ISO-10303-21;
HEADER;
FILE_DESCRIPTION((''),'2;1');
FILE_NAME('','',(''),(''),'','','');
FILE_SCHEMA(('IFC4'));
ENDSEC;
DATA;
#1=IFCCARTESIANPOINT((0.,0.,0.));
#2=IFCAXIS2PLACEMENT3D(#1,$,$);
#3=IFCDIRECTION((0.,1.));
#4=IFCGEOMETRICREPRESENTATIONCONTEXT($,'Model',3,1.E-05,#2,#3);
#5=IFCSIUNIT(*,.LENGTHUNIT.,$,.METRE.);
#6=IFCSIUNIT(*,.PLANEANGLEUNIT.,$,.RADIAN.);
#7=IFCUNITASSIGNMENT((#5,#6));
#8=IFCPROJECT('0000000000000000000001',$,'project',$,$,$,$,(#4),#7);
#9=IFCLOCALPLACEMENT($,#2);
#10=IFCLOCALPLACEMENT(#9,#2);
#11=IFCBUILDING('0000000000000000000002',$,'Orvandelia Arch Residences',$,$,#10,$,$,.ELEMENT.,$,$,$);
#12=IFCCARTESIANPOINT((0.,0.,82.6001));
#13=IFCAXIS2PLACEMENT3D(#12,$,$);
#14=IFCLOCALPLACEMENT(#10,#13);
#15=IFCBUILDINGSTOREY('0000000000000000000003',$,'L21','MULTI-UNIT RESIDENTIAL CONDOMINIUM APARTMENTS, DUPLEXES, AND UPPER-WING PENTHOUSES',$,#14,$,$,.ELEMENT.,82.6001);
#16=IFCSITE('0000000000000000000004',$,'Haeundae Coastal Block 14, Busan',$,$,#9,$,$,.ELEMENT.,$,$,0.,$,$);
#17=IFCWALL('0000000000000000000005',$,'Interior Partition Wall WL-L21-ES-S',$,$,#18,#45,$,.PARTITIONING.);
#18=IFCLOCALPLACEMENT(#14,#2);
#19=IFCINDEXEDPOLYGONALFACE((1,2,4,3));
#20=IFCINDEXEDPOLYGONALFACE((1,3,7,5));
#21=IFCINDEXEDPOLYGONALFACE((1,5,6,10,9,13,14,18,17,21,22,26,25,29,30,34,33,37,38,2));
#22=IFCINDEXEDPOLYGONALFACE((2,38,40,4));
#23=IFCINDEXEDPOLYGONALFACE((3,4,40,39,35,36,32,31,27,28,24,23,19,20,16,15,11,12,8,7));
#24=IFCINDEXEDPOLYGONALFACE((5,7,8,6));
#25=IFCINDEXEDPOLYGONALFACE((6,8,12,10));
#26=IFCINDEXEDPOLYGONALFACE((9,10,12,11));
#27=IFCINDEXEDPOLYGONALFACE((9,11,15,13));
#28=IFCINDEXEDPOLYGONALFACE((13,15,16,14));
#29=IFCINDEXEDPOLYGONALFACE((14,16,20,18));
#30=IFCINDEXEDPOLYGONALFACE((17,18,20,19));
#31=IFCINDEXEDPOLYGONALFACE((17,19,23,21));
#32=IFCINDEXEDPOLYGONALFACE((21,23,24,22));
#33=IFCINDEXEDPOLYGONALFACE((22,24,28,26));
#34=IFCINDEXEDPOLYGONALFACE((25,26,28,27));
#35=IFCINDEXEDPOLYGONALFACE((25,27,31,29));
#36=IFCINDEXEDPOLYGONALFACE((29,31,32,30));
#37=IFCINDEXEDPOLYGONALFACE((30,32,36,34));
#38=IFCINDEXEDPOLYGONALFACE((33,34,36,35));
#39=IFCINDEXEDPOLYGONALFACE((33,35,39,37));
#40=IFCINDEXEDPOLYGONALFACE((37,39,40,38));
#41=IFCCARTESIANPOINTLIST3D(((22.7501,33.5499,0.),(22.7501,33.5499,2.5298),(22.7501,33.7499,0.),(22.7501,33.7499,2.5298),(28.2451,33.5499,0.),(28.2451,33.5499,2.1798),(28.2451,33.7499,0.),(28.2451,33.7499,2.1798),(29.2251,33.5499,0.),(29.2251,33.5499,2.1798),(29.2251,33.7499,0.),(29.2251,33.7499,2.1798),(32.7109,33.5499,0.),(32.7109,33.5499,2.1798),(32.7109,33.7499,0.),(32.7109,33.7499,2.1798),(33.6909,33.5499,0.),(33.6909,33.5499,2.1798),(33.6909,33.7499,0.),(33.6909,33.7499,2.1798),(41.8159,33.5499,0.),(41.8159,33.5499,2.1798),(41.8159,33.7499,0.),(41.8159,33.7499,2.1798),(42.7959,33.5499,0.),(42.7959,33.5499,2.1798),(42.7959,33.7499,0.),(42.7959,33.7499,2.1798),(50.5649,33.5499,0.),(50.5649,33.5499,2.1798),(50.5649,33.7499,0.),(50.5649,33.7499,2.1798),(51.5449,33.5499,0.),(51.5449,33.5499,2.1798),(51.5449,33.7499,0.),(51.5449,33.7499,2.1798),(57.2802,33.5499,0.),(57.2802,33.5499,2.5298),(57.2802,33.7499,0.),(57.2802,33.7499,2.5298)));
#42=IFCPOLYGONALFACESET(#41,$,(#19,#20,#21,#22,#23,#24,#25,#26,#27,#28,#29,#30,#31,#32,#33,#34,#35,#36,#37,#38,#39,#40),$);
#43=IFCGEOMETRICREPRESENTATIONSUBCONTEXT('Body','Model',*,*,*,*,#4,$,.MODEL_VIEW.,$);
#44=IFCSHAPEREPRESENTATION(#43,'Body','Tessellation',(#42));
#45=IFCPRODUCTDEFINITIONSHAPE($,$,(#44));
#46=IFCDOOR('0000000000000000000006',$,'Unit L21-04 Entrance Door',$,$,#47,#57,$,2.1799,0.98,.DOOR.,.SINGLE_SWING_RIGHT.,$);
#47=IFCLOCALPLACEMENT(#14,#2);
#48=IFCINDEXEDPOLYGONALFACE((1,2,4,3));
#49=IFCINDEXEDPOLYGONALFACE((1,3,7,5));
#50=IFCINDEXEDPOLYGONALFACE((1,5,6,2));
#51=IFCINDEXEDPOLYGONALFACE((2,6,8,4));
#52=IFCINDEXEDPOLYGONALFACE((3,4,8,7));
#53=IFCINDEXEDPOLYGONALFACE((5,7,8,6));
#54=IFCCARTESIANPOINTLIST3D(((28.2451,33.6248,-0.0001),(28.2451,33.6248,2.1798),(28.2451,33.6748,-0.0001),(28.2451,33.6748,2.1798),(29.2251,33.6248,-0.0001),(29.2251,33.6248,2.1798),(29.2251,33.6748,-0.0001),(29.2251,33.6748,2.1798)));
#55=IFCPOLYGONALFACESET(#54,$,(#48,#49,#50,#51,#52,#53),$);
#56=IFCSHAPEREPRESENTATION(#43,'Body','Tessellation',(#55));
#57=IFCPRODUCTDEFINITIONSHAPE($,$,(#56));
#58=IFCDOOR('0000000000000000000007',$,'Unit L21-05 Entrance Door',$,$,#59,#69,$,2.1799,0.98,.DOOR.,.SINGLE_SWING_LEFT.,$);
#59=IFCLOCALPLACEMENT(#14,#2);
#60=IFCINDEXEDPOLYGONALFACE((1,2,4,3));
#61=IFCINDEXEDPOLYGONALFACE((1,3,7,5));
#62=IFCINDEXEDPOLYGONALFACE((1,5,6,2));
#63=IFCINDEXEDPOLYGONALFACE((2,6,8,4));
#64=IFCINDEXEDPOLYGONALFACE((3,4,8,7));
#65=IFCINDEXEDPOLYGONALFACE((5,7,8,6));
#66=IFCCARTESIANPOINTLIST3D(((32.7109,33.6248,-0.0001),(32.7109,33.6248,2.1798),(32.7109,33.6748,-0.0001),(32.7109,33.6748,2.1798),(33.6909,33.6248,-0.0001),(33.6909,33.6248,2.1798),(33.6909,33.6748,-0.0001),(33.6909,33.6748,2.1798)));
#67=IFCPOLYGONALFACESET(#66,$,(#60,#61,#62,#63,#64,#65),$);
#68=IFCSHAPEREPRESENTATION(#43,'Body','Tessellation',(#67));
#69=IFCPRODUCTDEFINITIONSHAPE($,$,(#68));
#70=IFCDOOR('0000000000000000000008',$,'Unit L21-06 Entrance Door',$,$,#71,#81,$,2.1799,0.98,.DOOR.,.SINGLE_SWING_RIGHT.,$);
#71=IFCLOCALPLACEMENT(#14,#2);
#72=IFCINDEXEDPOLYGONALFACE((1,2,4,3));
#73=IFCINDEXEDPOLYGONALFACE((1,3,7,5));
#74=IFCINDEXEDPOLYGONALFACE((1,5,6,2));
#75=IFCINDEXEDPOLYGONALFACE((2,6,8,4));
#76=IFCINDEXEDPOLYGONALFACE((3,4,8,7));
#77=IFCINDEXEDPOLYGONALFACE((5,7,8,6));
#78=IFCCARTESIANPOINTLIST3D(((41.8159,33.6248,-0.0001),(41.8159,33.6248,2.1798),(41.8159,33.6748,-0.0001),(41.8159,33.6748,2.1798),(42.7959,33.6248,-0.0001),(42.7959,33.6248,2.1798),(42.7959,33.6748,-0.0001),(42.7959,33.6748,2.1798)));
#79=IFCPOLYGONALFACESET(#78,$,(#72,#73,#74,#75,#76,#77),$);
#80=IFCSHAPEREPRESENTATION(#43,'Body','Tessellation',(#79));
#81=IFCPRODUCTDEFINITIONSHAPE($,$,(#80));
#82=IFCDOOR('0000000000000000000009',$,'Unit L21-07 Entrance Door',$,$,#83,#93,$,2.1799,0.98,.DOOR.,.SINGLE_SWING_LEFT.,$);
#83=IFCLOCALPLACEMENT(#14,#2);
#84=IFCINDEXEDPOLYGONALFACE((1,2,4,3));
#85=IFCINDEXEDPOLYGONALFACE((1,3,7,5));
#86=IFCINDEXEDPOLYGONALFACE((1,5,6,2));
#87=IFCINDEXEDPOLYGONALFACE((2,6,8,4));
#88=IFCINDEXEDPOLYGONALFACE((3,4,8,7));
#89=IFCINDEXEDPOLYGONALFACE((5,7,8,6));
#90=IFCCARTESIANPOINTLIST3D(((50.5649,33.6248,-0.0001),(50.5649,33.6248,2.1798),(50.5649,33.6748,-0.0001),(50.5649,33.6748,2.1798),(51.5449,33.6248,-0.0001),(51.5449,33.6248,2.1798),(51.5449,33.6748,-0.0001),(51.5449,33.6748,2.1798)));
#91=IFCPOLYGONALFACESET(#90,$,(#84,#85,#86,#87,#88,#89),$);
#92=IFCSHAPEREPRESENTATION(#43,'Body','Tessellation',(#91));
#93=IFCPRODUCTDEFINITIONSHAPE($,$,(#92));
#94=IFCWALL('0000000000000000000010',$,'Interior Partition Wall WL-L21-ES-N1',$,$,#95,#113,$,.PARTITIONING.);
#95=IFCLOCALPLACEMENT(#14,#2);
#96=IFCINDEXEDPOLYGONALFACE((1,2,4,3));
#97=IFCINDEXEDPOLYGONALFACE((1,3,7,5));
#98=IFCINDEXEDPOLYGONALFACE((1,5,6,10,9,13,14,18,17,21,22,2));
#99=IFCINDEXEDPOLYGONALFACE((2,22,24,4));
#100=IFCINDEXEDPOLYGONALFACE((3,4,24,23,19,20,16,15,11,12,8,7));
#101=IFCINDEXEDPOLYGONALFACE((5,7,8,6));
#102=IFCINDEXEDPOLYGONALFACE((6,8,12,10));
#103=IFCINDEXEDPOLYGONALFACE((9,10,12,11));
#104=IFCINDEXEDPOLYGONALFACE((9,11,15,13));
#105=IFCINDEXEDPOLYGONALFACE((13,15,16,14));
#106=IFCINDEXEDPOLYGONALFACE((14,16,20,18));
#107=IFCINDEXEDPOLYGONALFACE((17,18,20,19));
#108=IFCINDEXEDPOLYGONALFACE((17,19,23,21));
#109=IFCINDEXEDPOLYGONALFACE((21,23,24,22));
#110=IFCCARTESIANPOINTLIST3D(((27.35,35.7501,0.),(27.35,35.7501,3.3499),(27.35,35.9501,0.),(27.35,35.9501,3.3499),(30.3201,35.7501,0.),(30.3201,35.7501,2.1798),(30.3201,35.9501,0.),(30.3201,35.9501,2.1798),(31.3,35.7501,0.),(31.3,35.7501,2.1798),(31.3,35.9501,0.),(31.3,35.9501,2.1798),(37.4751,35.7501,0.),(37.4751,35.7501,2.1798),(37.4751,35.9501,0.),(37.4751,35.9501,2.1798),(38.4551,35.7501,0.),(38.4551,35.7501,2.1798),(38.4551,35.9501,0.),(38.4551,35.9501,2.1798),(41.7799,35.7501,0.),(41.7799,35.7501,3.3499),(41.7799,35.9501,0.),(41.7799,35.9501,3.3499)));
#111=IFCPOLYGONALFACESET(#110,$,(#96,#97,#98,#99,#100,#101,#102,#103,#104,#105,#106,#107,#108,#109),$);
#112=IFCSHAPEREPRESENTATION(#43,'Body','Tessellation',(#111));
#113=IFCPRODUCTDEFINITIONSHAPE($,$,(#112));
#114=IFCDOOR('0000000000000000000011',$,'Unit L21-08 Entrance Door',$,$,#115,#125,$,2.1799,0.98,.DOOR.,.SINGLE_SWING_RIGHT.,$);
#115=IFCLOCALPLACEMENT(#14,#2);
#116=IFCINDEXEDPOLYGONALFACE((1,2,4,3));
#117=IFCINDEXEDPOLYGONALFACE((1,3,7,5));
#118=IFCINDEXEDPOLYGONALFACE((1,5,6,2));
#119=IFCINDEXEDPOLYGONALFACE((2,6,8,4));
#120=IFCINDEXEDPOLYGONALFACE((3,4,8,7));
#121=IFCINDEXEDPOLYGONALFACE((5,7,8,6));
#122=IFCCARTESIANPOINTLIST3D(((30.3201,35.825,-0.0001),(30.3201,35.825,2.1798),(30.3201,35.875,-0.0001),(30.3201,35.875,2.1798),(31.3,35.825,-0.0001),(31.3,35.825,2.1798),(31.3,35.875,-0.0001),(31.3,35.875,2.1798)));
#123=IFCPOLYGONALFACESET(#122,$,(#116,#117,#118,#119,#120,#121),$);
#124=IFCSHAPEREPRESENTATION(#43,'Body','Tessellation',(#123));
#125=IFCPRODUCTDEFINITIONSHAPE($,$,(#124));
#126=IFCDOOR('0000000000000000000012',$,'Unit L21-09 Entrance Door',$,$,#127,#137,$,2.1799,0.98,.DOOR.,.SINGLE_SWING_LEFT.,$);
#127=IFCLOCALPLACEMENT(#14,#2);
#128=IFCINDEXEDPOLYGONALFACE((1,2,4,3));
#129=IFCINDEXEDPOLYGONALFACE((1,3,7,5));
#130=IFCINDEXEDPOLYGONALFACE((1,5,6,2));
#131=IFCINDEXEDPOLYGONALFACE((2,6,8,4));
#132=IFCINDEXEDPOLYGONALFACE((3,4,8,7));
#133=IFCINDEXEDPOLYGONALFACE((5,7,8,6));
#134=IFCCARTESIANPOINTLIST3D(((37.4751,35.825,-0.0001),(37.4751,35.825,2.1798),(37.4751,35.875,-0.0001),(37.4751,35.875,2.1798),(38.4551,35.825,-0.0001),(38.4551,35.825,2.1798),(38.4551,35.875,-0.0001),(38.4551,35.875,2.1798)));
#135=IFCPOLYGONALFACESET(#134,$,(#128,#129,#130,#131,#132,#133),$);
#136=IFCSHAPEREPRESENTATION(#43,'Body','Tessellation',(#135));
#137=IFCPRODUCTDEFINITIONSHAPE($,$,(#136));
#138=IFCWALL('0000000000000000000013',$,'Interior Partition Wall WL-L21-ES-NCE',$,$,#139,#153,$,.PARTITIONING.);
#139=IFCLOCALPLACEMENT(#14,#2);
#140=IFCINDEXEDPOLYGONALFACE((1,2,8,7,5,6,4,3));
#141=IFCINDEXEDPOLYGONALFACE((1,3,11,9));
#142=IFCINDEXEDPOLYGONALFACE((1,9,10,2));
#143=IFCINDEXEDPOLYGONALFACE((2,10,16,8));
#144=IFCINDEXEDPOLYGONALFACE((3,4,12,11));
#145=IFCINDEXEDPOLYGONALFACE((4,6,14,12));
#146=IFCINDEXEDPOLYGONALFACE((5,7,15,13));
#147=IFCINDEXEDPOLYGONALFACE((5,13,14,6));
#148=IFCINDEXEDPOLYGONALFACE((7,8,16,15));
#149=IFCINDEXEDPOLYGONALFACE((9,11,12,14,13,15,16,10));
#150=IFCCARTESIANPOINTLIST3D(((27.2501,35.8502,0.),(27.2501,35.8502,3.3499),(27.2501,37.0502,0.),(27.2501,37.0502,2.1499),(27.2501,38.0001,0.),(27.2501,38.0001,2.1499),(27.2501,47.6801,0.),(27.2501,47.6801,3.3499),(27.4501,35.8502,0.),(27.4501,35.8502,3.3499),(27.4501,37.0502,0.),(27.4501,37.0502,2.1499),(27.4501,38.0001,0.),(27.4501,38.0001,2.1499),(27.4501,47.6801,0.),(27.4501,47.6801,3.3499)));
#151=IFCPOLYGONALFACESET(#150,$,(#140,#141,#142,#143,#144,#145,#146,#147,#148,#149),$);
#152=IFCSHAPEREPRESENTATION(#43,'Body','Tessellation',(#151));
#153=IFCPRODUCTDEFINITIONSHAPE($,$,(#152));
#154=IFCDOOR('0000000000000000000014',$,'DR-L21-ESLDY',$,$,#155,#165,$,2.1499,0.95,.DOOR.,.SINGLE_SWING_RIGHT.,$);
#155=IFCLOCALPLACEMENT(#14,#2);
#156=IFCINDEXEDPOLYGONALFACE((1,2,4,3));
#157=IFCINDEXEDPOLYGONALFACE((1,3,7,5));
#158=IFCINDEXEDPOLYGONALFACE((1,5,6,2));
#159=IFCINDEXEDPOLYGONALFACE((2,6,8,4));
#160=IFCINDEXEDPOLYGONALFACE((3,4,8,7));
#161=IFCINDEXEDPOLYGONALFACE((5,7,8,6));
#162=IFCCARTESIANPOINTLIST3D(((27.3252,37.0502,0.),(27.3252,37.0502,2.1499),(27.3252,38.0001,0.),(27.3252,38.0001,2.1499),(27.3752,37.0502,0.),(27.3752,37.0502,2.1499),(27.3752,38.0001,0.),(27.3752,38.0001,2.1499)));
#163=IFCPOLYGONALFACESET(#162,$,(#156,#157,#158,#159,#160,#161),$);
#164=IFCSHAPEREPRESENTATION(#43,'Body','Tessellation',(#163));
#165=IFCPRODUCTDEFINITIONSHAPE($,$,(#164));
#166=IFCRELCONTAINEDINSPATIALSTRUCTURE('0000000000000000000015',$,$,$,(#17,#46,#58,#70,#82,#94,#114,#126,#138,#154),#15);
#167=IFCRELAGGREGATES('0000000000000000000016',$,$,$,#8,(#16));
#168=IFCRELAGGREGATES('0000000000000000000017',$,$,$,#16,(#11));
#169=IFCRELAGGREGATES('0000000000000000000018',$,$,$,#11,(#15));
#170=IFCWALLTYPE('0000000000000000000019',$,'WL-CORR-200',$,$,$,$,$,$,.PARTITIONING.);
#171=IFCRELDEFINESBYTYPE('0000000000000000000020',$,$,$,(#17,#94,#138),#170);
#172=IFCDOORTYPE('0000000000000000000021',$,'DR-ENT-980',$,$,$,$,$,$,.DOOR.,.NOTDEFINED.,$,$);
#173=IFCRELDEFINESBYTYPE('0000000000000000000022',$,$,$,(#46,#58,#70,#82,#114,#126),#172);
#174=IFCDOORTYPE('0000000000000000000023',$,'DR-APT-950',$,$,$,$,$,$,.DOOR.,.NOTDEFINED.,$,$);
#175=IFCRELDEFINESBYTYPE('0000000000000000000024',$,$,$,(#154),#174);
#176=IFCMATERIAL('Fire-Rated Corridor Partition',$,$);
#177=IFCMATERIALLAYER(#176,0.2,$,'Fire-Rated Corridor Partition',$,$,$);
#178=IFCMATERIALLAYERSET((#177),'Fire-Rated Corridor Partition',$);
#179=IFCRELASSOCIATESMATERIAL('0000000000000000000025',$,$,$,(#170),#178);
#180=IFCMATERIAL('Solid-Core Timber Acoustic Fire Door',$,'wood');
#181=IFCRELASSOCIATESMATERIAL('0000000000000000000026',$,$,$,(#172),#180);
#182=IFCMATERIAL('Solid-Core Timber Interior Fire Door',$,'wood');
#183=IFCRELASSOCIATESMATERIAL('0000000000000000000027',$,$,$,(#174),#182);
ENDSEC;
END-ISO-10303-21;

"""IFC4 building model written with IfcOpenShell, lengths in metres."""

from ifc_helpers import new_model, si_unit, direction, frame, frame_2d, origin, place, context, subcontext, project, spatial, rectangle, extrude, material, layer, layer_set, type_object, element, fill, save


model = new_model("IFC4")

# Units and contexts
model_context = context("Model", 3, precision=1e-05, world=origin(), true_north=direction((0.0, 1.0)))
body_context = subcontext(model_context, "Body", "Model", "MODEL_VIEW")
ifc_project = project(units=[si_unit("LENGTHUNIT", "METRE"), si_unit("PLANEANGLEUNIT", "RADIAN")], contexts=[model_context])

# Site, building, storey
site_placement = place(None, origin())
site = spatial("IfcSite", under=ifc_project, at=site_placement, Name="Haeundae Coastal Block 14, Busan", CompositionType="ELEMENT", RefElevation=0.0)
building_placement = place(site_placement, origin())
building = spatial("IfcBuilding", under=site, at=building_placement, Name="Orvandelia Arch Residences", CompositionType="ELEMENT")
storey_placement = place(building_placement, frame((0.0, 0.0, 82.6001)))
storey = spatial("IfcBuildingStorey", under=building, at=storey_placement, Name="L21", Description="MULTI-UNIT RESIDENTIAL CONDOMINIUM APARTMENTS, DUPLEXES, AND UPPER-WING PENTHOUSES", CompositionType="ELEMENT", Elevation=82.6001)

# Walls, openings, doors
ifc_material_1 = material(Name="Fire-Rated Corridor Partition")
ifc_layer_1 = layer(ifc_material_1, 0.2, Name="Fire-Rated Corridor Partition")
ifc_layer_set_1 = layer_set([ifc_layer_1], Name="Fire-Rated Corridor Partition")
wall_type_1 = type_object("IfcWallType", Name="WL-CORR-200", PredefinedType="PARTITIONING", material=ifc_layer_set_1)
wall_1_placement = place(storey_placement, frame((22.75, 33.6499, 0.0), z_axis=(0.0, 0.0, 1.0), x_axis=(1.0, 0.0, 0.0)))
wall_1 = element("IfcWall", 1, at=wall_1_placement, inside=storey, type_object=wall_type_1, Name="Interior Partition Wall WL-L21-ES-S", PredefinedType="PARTITIONING", context=body_context, shape_type="SweptSolid", body=[
    extrude(rectangle(XDim=34.53, YDim=0.2, at=frame_2d((17.2651, 0.0))), origin(), (0.0, 0.0, 1.0), 2.5298),
])
opening_1_placement = place(wall_1_placement, frame((5.4951, 0.0, 0.0)))
opening_1 = element("IfcOpeningElement", 2, at=opening_1_placement, cuts=wall_1, PredefinedType="OPENING", context=body_context, shape_type="SweptSolid", body=[
    extrude(rectangle(XDim=0.98, YDim=2.1799, at=frame_2d((0.49, 1.0898))), frame((0.0, 0.1099, 0.0), z_axis=(0.0, -1.0, 0.0), x_axis=(1.0, 0.0, 0.0)), (0.0, 0.0, 1.0), 0.22),
])
opening_2_placement = place(wall_1_placement, frame((9.9609, 0.0, 0.0)))
opening_2 = element("IfcOpeningElement", 3, at=opening_2_placement, cuts=wall_1, PredefinedType="OPENING", context=body_context, shape_type="SweptSolid", body=[
    extrude(rectangle(XDim=0.98, YDim=2.1799, at=frame_2d((0.49, 1.0898))), frame((0.0, 0.1099, 0.0), z_axis=(0.0, -1.0, 0.0), x_axis=(1.0, 0.0, 0.0)), (0.0, 0.0, 1.0), 0.22),
])
opening_3_placement = place(wall_1_placement, frame((19.0659, 0.0, 0.0)))
opening_3 = element("IfcOpeningElement", 4, at=opening_3_placement, cuts=wall_1, PredefinedType="OPENING", context=body_context, shape_type="SweptSolid", body=[
    extrude(rectangle(XDim=0.98, YDim=2.1799, at=frame_2d((0.49, 1.0898))), frame((0.0, 0.1099, 0.0), z_axis=(0.0, -1.0, 0.0), x_axis=(1.0, 0.0, 0.0)), (0.0, 0.0, 1.0), 0.22),
])
opening_4_placement = place(wall_1_placement, frame((27.8149, 0.0, 0.0)))
opening_4 = element("IfcOpeningElement", 5, at=opening_4_placement, cuts=wall_1, PredefinedType="OPENING", context=body_context, shape_type="SweptSolid", body=[
    extrude(rectangle(XDim=0.98, YDim=2.1799, at=frame_2d((0.49, 1.0898))), frame((0.0, 0.1099, 0.0), z_axis=(0.0, -1.0, 0.0), x_axis=(1.0, 0.0, 0.0)), (0.0, 0.0, 1.0), 0.22),
])
ifc_material_2 = material(Name="Solid-Core Timber Acoustic Fire Door", Category="wood")
door_type_1 = type_object("IfcDoorType", Name="DR-ENT-980", OperationType="NOTDEFINED", PredefinedType="DOOR", material=ifc_material_2)
door_1_placement = place(opening_1_placement, origin())
door_1 = element("IfcDoor", 6, at=door_1_placement, inside=storey, type_object=door_type_1, Name="Unit L21-04 Entrance Door", OperationType="SINGLE_SWING_RIGHT", OverallHeight=2.1799, OverallWidth=0.98, PredefinedType="DOOR", context=body_context, shape_type="SweptSolid", body=[
    extrude(rectangle(XDim=0.98, YDim=2.1799, at=frame_2d((0.49, 1.0898))), frame((0.0, 0.0249, 0.0), z_axis=(0.0, -1.0, 0.0), x_axis=(1.0, 0.0, 0.0)), (0.0, 0.0, 1.0), 0.05),
])
fill(opening_1, door_1)
door_2_placement = place(opening_2_placement, origin())
door_2 = element("IfcDoor", 7, at=door_2_placement, inside=storey, type_object=door_type_1, Name="Unit L21-05 Entrance Door", OperationType="SINGLE_SWING_LEFT", OverallHeight=2.1799, OverallWidth=0.98, PredefinedType="DOOR", context=body_context, shape_type="SweptSolid", body=[
    extrude(rectangle(XDim=0.98, YDim=2.1799, at=frame_2d((0.49, 1.0898))), frame((0.0, 0.0249, 0.0), z_axis=(0.0, -1.0, 0.0), x_axis=(1.0, 0.0, 0.0)), (0.0, 0.0, 1.0), 0.05),
])
fill(opening_2, door_2)
door_3_placement = place(opening_3_placement, origin())
door_3 = element("IfcDoor", 8, at=door_3_placement, inside=storey, type_object=door_type_1, Name="Unit L21-06 Entrance Door", OperationType="SINGLE_SWING_RIGHT", OverallHeight=2.1799, OverallWidth=0.98, PredefinedType="DOOR", context=body_context, shape_type="SweptSolid", body=[
    extrude(rectangle(XDim=0.98, YDim=2.1799, at=frame_2d((0.49, 1.0898))), frame((0.0, 0.0249, 0.0), z_axis=(0.0, -1.0, 0.0), x_axis=(1.0, 0.0, 0.0)), (0.0, 0.0, 1.0), 0.05),
])
fill(opening_3, door_3)
door_4_placement = place(opening_4_placement, origin())
door_4 = element("IfcDoor", 9, at=door_4_placement, inside=storey, type_object=door_type_1, Name="Unit L21-07 Entrance Door", OperationType="SINGLE_SWING_LEFT", OverallHeight=2.1799, OverallWidth=0.98, PredefinedType="DOOR", context=body_context, shape_type="SweptSolid", body=[
    extrude(rectangle(XDim=0.98, YDim=2.1799, at=frame_2d((0.49, 1.0898))), frame((0.0, 0.0249, 0.0), z_axis=(0.0, -1.0, 0.0), x_axis=(1.0, 0.0, 0.0)), (0.0, 0.0, 1.0), 0.05),
])
fill(opening_4, door_4)
wall_2_placement = place(storey_placement, frame((27.3501, 35.8501, 0.0), z_axis=(0.0, 0.0, 1.0), x_axis=(1.0, 0.0, 0.0)))
wall_2 = element("IfcWall", 10, at=wall_2_placement, inside=storey, type_object=wall_type_1, Name="Interior Partition Wall WL-L21-ES-N1", PredefinedType="PARTITIONING", context=body_context, shape_type="SweptSolid", body=[
    extrude(rectangle(XDim=14.4299, YDim=0.2, at=frame_2d((7.2148, 0.0))), origin(), (0.0, 0.0, 1.0), 3.3499),
])
opening_5_placement = place(wall_2_placement, frame((2.97, 0.0, 0.0)))
opening_5 = element("IfcOpeningElement", 11, at=opening_5_placement, cuts=wall_2, PredefinedType="OPENING", context=body_context, shape_type="SweptSolid", body=[
    extrude(rectangle(XDim=0.98, YDim=2.1799, at=frame_2d((0.49, 1.0898))), frame((0.0, 0.1099, 0.0), z_axis=(0.0, -1.0, 0.0), x_axis=(1.0, 0.0, 0.0)), (0.0, 0.0, 1.0), 0.22),
])
opening_6_placement = place(wall_2_placement, frame((10.125, 0.0, 0.0)))
opening_6 = element("IfcOpeningElement", 12, at=opening_6_placement, cuts=wall_2, PredefinedType="OPENING", context=body_context, shape_type="SweptSolid", body=[
    extrude(rectangle(XDim=0.98, YDim=2.1799, at=frame_2d((0.49, 1.0898))), frame((0.0, 0.1099, 0.0), z_axis=(0.0, -1.0, 0.0), x_axis=(1.0, 0.0, 0.0)), (0.0, 0.0, 1.0), 0.22),
])
door_5_placement = place(opening_5_placement, origin())
door_5 = element("IfcDoor", 13, at=door_5_placement, inside=storey, type_object=door_type_1, Name="Unit L21-08 Entrance Door", OperationType="SINGLE_SWING_RIGHT", OverallHeight=2.1799, OverallWidth=0.98, PredefinedType="DOOR", context=body_context, shape_type="SweptSolid", body=[
    extrude(rectangle(XDim=0.98, YDim=2.1799, at=frame_2d((0.49, 1.0898))), frame((0.0, 0.0249, 0.0), z_axis=(0.0, -1.0, 0.0), x_axis=(1.0, 0.0, 0.0)), (0.0, 0.0, 1.0), 0.05),
])
fill(opening_5, door_5)
door_6_placement = place(opening_6_placement, origin())
door_6 = element("IfcDoor", 14, at=door_6_placement, inside=storey, type_object=door_type_1, Name="Unit L21-09 Entrance Door", OperationType="SINGLE_SWING_LEFT", OverallHeight=2.1799, OverallWidth=0.98, PredefinedType="DOOR", context=body_context, shape_type="SweptSolid", body=[
    extrude(rectangle(XDim=0.98, YDim=2.1799, at=frame_2d((0.49, 1.0898))), frame((0.0, 0.0249, 0.0), z_axis=(0.0, -1.0, 0.0), x_axis=(1.0, 0.0, 0.0)), (0.0, 0.0, 1.0), 0.05),
])
fill(opening_6, door_6)

# Wall, opening, door
wall_3_placement = place(storey_placement, frame((27.3501, 35.8501, 0.0), z_axis=(0.0, 0.0, 1.0), x_axis=(0.0, 1.0, 0.0)))
wall_3 = element("IfcWall", 15, at=wall_3_placement, inside=storey, type_object=wall_type_1, Name="Interior Partition Wall WL-L21-ES-NCE", PredefinedType="PARTITIONING", context=body_context, shape_type="SweptSolid", body=[
    extrude(rectangle(XDim=11.8298, YDim=0.2, at=frame_2d((5.915, 0.0))), origin(), (0.0, 0.0, 1.0), 3.3499),
])
opening_7_placement = place(wall_3_placement, frame((1.2, 0.0, 0.0)))
opening_7 = element("IfcOpeningElement", 16, at=opening_7_placement, cuts=wall_3, PredefinedType="OPENING", context=body_context, shape_type="SweptSolid", body=[
    extrude(rectangle(XDim=0.95, YDim=2.1499, at=frame_2d((0.4751, 1.075))), frame((0.0, 0.1099, 0.0), z_axis=(0.0, -1.0, 0.0), x_axis=(1.0, 0.0, 0.0)), (0.0, 0.0, 1.0), 0.22),
])
ifc_material_3 = material(Name="Solid-Core Timber Interior Fire Door", Category="wood")
door_type_2 = type_object("IfcDoorType", Name="DR-APT-950", OperationType="NOTDEFINED", PredefinedType="DOOR", material=ifc_material_3)
door_7_placement = place(opening_7_placement, origin())
door_7 = element("IfcDoor", 17, at=door_7_placement, inside=storey, type_object=door_type_2, Name="DR-L21-ESLDY", OperationType="SINGLE_SWING_RIGHT", OverallHeight=2.1499, OverallWidth=0.95, PredefinedType="DOOR", context=body_context, shape_type="SweptSolid", body=[
    extrude(rectangle(XDim=0.95, YDim=2.1499, at=frame_2d((0.4751, 1.075))), frame((0.0, 0.0249, 0.0), z_axis=(0.0, -1.0, 0.0), x_axis=(1.0, 0.0, 0.0)), (0.0, 0.0, 1.0), 0.05),
])
fill(opening_7, door_7)

save(model, "model.ifc")
